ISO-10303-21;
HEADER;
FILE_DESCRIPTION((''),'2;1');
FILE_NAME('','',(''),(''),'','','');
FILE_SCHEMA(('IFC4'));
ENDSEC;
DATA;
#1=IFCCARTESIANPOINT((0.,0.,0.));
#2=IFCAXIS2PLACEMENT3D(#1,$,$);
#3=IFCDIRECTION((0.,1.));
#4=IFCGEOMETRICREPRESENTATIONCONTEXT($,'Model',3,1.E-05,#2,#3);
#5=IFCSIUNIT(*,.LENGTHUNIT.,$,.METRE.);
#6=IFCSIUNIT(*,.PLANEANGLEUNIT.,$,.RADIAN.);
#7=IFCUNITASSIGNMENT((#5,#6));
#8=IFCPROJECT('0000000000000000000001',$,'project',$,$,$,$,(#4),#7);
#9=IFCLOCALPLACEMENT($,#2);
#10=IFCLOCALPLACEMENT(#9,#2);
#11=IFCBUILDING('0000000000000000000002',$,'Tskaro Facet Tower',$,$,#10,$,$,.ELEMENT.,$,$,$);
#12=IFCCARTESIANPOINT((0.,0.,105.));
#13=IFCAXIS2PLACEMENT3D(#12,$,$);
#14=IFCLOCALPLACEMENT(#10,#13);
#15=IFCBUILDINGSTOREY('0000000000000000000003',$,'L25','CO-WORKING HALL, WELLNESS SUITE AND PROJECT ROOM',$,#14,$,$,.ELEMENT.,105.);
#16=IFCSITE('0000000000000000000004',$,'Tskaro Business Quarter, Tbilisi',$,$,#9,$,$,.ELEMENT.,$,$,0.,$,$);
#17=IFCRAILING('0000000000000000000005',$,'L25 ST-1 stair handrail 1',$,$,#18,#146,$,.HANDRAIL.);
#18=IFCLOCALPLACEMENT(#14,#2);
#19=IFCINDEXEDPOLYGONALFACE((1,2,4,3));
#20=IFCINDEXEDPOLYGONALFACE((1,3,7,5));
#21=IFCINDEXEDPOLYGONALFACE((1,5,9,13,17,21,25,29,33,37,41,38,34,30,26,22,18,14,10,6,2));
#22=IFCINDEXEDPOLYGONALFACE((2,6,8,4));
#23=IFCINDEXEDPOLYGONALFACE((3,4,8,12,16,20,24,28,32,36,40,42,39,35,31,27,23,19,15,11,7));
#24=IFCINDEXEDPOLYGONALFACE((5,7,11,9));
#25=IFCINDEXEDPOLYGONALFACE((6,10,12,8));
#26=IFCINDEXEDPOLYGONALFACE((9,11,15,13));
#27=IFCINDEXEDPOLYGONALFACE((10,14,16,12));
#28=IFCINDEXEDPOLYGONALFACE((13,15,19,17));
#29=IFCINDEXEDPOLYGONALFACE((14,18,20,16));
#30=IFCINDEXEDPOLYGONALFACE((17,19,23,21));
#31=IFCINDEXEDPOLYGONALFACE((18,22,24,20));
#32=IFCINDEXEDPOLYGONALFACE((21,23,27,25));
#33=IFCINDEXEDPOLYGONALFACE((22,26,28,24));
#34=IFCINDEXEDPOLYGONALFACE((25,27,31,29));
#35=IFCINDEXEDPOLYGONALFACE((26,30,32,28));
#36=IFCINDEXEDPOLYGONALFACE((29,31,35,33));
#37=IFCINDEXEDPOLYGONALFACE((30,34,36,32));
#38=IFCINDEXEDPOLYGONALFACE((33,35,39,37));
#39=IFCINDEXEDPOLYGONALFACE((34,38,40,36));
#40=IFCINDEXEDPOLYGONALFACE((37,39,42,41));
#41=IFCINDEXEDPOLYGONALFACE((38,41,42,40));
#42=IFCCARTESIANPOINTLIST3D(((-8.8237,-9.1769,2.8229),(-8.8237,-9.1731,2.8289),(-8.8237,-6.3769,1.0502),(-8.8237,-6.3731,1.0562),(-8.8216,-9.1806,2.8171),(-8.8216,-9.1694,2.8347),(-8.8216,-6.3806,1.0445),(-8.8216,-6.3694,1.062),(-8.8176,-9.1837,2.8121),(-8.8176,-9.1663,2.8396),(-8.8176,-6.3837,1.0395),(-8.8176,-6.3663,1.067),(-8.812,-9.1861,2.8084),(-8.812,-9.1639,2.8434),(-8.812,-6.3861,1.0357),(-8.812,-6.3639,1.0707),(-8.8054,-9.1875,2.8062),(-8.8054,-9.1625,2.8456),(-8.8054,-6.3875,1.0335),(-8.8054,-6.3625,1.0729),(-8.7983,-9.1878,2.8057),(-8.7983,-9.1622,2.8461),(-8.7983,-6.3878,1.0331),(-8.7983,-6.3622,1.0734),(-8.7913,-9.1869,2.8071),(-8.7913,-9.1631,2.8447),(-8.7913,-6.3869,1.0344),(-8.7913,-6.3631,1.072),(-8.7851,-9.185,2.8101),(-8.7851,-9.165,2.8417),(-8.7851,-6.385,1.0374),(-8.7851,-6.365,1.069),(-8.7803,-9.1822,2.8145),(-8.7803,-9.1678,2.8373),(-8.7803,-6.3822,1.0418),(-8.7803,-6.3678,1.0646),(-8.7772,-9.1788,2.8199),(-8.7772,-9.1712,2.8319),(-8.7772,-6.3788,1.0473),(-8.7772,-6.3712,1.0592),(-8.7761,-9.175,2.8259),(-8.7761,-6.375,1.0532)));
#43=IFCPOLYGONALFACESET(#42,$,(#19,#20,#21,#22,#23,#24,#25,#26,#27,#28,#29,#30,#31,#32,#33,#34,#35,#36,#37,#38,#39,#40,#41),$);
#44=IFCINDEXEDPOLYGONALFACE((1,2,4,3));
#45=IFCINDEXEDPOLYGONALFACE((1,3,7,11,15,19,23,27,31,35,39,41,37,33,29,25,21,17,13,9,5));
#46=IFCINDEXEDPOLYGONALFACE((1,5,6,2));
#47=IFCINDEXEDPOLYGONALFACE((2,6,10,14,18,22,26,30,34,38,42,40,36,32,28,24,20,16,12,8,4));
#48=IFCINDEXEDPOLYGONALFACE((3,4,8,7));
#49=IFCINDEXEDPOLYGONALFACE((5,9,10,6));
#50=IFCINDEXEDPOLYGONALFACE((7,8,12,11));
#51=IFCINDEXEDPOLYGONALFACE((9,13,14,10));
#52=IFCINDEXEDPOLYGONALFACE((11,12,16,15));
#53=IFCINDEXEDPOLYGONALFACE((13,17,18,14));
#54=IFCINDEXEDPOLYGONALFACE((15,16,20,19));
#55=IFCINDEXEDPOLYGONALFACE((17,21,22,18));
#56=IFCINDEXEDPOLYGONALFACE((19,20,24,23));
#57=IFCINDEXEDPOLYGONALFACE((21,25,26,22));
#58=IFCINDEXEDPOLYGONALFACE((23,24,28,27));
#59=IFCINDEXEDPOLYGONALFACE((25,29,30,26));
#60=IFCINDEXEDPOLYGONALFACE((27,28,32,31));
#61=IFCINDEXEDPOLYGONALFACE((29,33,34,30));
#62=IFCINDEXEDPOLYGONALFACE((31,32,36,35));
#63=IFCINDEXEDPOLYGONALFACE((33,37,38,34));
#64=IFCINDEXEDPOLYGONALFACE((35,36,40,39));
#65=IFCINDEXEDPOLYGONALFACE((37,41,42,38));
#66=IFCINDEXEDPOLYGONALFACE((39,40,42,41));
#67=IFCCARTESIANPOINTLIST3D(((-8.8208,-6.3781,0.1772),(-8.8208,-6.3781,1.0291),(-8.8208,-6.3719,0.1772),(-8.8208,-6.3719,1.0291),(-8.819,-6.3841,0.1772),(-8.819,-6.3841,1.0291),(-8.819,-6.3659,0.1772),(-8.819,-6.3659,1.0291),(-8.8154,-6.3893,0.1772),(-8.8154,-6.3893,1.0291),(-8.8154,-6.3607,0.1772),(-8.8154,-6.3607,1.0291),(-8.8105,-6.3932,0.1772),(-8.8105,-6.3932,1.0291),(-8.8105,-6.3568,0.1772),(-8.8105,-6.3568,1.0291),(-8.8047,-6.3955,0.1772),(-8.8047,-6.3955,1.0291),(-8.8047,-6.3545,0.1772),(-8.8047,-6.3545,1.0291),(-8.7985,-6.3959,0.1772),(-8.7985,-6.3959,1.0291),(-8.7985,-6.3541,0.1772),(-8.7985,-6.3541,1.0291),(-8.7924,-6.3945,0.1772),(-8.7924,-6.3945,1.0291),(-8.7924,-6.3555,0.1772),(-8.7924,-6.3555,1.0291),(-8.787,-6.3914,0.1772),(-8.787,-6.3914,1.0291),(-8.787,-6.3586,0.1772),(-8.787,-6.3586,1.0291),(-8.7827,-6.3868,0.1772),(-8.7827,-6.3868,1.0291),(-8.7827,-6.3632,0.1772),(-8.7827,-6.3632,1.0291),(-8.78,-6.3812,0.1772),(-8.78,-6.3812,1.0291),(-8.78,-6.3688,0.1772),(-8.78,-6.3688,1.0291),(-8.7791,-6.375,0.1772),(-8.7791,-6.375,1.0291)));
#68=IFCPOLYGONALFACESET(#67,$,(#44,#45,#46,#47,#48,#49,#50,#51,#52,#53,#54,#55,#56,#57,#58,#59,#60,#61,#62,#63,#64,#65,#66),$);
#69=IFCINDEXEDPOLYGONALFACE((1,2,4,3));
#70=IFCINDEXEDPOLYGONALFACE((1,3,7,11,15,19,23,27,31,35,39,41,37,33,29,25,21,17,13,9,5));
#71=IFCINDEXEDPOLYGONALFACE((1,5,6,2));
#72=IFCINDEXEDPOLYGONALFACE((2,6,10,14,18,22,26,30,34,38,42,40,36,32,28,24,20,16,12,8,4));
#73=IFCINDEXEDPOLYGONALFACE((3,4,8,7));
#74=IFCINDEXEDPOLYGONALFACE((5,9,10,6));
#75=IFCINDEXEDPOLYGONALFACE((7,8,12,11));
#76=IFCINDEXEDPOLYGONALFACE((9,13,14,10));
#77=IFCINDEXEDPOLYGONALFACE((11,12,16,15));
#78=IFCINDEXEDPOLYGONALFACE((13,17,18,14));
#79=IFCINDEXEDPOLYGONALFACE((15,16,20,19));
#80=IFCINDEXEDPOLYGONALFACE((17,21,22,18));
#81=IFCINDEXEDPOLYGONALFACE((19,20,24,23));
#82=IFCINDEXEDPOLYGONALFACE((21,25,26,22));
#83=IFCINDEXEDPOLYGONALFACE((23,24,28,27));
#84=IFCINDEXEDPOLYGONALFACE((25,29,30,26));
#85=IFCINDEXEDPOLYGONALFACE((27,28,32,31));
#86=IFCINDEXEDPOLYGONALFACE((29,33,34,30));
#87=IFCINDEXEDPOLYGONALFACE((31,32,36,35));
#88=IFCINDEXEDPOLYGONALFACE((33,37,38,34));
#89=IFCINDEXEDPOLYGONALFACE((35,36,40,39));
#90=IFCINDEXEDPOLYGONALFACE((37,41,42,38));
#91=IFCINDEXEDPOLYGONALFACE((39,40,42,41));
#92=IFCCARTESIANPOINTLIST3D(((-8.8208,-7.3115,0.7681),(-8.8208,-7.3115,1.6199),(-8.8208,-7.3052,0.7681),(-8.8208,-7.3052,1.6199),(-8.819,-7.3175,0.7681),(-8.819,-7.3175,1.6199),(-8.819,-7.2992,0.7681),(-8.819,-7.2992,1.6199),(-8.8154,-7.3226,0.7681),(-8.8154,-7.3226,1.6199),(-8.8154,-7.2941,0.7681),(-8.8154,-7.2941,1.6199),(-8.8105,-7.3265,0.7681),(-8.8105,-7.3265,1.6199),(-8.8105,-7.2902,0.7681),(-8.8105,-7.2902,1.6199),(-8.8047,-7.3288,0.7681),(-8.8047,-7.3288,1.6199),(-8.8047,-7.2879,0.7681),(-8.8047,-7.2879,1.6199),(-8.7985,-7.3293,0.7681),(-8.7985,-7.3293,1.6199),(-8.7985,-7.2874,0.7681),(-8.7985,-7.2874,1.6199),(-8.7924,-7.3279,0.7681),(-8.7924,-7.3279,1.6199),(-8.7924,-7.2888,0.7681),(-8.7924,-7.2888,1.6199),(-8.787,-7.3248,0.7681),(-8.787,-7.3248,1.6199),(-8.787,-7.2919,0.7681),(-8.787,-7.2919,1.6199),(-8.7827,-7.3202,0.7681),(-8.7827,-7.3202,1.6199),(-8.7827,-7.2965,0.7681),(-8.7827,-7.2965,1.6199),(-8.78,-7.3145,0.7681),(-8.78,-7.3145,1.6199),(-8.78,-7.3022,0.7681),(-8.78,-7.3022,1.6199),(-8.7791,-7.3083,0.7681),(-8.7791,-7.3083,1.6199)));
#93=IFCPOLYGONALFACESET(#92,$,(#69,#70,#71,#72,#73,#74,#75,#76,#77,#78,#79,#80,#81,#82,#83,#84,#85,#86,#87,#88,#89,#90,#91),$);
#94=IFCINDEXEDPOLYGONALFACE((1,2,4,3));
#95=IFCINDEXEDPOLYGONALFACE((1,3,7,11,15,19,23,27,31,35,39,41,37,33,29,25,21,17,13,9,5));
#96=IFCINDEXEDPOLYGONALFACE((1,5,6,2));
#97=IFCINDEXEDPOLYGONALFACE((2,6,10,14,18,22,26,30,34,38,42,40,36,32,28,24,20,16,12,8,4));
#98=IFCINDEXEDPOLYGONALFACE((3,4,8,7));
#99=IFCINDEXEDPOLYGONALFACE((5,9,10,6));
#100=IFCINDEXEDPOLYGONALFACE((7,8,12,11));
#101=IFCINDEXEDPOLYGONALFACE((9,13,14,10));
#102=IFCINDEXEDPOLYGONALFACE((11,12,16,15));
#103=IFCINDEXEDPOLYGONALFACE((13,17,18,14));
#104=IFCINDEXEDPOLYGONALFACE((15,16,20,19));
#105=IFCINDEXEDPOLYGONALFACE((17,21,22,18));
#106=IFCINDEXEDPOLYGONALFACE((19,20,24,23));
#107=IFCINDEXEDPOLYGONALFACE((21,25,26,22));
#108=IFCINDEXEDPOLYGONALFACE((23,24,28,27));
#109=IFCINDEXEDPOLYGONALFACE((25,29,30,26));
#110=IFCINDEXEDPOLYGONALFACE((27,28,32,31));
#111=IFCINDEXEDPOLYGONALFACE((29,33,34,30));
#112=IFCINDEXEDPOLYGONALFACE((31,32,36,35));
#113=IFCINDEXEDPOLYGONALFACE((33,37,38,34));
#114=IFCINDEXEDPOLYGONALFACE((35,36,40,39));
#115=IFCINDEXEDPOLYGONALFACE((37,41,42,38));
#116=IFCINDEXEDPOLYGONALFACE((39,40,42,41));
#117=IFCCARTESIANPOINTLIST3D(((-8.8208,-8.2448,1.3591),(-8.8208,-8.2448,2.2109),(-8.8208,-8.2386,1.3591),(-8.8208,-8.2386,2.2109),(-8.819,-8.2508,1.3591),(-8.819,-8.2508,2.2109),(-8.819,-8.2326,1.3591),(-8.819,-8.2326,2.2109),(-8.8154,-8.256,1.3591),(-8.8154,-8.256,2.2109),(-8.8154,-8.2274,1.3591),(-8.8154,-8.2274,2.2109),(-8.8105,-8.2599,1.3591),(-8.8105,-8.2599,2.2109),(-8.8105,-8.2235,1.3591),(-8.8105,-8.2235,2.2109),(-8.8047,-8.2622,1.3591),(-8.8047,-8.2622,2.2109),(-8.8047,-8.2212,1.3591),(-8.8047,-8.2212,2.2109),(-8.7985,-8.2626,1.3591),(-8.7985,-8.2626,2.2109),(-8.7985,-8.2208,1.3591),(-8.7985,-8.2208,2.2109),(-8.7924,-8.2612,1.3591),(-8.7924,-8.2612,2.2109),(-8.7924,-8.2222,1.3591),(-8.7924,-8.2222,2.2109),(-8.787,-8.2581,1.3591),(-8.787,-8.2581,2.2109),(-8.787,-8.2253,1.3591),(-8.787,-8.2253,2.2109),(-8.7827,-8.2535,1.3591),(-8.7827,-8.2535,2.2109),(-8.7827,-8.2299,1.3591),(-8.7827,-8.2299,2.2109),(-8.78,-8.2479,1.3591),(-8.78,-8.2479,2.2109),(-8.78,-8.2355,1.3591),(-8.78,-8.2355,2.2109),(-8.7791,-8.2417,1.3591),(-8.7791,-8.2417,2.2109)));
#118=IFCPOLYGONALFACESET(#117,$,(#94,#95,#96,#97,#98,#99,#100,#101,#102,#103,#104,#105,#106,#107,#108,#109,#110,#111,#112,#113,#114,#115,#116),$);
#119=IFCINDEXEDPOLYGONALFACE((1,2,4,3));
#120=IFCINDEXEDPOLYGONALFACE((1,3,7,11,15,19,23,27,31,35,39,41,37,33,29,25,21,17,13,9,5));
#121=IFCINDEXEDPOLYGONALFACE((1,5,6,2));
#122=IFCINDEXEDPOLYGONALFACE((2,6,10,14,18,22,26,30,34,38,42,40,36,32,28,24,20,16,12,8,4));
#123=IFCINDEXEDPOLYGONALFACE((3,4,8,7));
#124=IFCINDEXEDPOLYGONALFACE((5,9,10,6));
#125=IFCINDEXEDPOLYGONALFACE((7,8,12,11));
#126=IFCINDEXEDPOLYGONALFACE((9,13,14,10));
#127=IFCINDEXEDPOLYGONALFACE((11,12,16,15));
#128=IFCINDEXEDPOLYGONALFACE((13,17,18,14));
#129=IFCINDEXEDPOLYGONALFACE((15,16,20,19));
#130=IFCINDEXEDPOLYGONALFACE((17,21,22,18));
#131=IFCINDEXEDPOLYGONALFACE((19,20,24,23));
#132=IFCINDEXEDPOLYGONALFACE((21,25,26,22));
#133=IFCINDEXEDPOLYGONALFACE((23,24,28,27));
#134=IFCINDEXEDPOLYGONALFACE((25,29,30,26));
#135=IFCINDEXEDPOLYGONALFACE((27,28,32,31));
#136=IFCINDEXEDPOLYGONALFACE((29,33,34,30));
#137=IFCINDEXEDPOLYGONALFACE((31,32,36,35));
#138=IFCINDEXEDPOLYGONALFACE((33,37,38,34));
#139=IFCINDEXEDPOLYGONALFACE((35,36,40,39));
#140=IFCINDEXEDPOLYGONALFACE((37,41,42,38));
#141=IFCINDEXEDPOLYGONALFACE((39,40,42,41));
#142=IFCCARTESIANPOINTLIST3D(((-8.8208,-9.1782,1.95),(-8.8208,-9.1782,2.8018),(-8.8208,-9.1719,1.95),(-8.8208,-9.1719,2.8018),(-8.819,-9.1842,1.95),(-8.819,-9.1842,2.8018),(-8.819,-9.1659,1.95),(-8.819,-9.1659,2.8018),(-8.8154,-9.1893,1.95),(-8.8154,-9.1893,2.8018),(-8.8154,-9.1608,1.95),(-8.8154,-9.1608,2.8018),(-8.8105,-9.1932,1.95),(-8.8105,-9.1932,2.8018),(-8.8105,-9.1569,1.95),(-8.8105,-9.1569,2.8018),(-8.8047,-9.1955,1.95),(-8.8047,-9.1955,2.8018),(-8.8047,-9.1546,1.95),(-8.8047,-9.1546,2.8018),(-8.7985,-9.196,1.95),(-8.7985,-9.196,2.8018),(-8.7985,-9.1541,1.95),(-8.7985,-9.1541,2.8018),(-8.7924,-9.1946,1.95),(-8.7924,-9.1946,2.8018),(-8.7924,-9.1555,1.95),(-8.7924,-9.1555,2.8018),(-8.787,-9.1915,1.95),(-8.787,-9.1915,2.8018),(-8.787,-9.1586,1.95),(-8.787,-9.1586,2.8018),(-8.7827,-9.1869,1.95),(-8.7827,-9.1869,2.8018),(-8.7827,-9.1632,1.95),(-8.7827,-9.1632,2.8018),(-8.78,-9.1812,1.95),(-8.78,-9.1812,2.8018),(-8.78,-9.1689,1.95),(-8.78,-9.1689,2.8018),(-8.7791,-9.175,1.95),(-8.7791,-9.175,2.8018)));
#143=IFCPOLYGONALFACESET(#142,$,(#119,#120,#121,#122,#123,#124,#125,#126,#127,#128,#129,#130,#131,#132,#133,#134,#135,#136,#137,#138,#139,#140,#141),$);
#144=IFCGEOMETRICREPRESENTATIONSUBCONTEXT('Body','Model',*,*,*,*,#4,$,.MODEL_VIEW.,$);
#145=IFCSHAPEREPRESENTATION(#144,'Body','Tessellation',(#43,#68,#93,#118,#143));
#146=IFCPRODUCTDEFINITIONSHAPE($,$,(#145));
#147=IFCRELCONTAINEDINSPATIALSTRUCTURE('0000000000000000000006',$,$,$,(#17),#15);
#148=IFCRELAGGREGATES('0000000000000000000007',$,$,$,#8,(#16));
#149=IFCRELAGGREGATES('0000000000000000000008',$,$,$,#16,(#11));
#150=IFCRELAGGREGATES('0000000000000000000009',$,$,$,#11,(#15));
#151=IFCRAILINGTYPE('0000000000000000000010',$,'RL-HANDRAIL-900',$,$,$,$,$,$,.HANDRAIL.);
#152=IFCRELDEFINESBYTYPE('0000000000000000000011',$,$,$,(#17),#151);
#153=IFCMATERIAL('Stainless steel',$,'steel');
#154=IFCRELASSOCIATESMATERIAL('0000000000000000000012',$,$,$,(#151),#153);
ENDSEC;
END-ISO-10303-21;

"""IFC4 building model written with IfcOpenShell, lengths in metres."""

from ifc_helpers import new_model, si_unit, direction, frame, origin, origin_2d, place, context, subcontext, project, spatial, circle, extrude, material, type_object, element, save


model = new_model("IFC4")

# Units and contexts
model_context = context("Model", 3, precision=1e-05, world=origin(), true_north=direction((0.0, 1.0)))
body_context = subcontext(model_context, "Body", "Model", "MODEL_VIEW")
ifc_project = project(units=[si_unit("LENGTHUNIT", "METRE"), si_unit("PLANEANGLEUNIT", "RADIAN")], contexts=[model_context])

# Site, building, storey
site_placement = place(None, origin())
site = spatial("IfcSite", under=ifc_project, at=site_placement, Name="Tskaro Business Quarter, Tbilisi", CompositionType="ELEMENT", RefElevation=0.0)
building_placement = place(site_placement, origin())
building = spatial("IfcBuilding", under=site, at=building_placement, Name="Tskaro Facet Tower", CompositionType="ELEMENT")
storey_placement = place(building_placement, frame((0.0, 0.0, 105.0)))
storey = spatial("IfcBuildingStorey", under=building, at=storey_placement, Name="L25", Description="CO-WORKING HALL, WELLNESS SUITE AND PROJECT ROOM", CompositionType="ELEMENT", Elevation=105.0)

# Shared definitions
ifc_material_1 = material(Name="Stainless steel", Category="steel")

# Railing
railing_type_1 = type_object("IfcRailingType", Name="RL-HANDRAIL-900", PredefinedType="HANDRAIL", material=ifc_material_1)
railing_1_placement = place(storey_placement, frame((-8.8, -6.375, 0.1772)))
element("IfcRailing", 1, at=railing_1_placement, inside=storey, type_object=railing_type_1, Name="L25 ST-1 stair handrail 1", PredefinedType="HANDRAIL", context=body_context, shape_type="SweptSolid", body=[
    extrude(circle(Radius=0.0239, at=origin_2d()), frame((0.0, 0.0, 0.876), z_axis=(0.0, -0.844909, 0.53491), x_axis=(1.0, 0.0, 0.0)), (0.0, 0.0, 1.0), 3.314),
    extrude(circle(Radius=0.021, at=origin_2d()), origin(), (0.0, 0.0, 1.0), 0.8518),
    extrude(circle(Radius=0.021, at=origin_2d()), frame((0.0, -0.9333, 0.5908)), (0.0, 0.0, 1.0), 0.8518),
    extrude(circle(Radius=0.021, at=origin_2d()), frame((0.0, -1.8667, 1.1819)), (0.0, 0.0, 1.0), 0.8518),
    extrude(circle(Radius=0.021, at=origin_2d()), frame((0.0, -2.8, 1.7727)), (0.0, 0.0, 1.0), 0.8518),
])

save(model, "model.ifc")
